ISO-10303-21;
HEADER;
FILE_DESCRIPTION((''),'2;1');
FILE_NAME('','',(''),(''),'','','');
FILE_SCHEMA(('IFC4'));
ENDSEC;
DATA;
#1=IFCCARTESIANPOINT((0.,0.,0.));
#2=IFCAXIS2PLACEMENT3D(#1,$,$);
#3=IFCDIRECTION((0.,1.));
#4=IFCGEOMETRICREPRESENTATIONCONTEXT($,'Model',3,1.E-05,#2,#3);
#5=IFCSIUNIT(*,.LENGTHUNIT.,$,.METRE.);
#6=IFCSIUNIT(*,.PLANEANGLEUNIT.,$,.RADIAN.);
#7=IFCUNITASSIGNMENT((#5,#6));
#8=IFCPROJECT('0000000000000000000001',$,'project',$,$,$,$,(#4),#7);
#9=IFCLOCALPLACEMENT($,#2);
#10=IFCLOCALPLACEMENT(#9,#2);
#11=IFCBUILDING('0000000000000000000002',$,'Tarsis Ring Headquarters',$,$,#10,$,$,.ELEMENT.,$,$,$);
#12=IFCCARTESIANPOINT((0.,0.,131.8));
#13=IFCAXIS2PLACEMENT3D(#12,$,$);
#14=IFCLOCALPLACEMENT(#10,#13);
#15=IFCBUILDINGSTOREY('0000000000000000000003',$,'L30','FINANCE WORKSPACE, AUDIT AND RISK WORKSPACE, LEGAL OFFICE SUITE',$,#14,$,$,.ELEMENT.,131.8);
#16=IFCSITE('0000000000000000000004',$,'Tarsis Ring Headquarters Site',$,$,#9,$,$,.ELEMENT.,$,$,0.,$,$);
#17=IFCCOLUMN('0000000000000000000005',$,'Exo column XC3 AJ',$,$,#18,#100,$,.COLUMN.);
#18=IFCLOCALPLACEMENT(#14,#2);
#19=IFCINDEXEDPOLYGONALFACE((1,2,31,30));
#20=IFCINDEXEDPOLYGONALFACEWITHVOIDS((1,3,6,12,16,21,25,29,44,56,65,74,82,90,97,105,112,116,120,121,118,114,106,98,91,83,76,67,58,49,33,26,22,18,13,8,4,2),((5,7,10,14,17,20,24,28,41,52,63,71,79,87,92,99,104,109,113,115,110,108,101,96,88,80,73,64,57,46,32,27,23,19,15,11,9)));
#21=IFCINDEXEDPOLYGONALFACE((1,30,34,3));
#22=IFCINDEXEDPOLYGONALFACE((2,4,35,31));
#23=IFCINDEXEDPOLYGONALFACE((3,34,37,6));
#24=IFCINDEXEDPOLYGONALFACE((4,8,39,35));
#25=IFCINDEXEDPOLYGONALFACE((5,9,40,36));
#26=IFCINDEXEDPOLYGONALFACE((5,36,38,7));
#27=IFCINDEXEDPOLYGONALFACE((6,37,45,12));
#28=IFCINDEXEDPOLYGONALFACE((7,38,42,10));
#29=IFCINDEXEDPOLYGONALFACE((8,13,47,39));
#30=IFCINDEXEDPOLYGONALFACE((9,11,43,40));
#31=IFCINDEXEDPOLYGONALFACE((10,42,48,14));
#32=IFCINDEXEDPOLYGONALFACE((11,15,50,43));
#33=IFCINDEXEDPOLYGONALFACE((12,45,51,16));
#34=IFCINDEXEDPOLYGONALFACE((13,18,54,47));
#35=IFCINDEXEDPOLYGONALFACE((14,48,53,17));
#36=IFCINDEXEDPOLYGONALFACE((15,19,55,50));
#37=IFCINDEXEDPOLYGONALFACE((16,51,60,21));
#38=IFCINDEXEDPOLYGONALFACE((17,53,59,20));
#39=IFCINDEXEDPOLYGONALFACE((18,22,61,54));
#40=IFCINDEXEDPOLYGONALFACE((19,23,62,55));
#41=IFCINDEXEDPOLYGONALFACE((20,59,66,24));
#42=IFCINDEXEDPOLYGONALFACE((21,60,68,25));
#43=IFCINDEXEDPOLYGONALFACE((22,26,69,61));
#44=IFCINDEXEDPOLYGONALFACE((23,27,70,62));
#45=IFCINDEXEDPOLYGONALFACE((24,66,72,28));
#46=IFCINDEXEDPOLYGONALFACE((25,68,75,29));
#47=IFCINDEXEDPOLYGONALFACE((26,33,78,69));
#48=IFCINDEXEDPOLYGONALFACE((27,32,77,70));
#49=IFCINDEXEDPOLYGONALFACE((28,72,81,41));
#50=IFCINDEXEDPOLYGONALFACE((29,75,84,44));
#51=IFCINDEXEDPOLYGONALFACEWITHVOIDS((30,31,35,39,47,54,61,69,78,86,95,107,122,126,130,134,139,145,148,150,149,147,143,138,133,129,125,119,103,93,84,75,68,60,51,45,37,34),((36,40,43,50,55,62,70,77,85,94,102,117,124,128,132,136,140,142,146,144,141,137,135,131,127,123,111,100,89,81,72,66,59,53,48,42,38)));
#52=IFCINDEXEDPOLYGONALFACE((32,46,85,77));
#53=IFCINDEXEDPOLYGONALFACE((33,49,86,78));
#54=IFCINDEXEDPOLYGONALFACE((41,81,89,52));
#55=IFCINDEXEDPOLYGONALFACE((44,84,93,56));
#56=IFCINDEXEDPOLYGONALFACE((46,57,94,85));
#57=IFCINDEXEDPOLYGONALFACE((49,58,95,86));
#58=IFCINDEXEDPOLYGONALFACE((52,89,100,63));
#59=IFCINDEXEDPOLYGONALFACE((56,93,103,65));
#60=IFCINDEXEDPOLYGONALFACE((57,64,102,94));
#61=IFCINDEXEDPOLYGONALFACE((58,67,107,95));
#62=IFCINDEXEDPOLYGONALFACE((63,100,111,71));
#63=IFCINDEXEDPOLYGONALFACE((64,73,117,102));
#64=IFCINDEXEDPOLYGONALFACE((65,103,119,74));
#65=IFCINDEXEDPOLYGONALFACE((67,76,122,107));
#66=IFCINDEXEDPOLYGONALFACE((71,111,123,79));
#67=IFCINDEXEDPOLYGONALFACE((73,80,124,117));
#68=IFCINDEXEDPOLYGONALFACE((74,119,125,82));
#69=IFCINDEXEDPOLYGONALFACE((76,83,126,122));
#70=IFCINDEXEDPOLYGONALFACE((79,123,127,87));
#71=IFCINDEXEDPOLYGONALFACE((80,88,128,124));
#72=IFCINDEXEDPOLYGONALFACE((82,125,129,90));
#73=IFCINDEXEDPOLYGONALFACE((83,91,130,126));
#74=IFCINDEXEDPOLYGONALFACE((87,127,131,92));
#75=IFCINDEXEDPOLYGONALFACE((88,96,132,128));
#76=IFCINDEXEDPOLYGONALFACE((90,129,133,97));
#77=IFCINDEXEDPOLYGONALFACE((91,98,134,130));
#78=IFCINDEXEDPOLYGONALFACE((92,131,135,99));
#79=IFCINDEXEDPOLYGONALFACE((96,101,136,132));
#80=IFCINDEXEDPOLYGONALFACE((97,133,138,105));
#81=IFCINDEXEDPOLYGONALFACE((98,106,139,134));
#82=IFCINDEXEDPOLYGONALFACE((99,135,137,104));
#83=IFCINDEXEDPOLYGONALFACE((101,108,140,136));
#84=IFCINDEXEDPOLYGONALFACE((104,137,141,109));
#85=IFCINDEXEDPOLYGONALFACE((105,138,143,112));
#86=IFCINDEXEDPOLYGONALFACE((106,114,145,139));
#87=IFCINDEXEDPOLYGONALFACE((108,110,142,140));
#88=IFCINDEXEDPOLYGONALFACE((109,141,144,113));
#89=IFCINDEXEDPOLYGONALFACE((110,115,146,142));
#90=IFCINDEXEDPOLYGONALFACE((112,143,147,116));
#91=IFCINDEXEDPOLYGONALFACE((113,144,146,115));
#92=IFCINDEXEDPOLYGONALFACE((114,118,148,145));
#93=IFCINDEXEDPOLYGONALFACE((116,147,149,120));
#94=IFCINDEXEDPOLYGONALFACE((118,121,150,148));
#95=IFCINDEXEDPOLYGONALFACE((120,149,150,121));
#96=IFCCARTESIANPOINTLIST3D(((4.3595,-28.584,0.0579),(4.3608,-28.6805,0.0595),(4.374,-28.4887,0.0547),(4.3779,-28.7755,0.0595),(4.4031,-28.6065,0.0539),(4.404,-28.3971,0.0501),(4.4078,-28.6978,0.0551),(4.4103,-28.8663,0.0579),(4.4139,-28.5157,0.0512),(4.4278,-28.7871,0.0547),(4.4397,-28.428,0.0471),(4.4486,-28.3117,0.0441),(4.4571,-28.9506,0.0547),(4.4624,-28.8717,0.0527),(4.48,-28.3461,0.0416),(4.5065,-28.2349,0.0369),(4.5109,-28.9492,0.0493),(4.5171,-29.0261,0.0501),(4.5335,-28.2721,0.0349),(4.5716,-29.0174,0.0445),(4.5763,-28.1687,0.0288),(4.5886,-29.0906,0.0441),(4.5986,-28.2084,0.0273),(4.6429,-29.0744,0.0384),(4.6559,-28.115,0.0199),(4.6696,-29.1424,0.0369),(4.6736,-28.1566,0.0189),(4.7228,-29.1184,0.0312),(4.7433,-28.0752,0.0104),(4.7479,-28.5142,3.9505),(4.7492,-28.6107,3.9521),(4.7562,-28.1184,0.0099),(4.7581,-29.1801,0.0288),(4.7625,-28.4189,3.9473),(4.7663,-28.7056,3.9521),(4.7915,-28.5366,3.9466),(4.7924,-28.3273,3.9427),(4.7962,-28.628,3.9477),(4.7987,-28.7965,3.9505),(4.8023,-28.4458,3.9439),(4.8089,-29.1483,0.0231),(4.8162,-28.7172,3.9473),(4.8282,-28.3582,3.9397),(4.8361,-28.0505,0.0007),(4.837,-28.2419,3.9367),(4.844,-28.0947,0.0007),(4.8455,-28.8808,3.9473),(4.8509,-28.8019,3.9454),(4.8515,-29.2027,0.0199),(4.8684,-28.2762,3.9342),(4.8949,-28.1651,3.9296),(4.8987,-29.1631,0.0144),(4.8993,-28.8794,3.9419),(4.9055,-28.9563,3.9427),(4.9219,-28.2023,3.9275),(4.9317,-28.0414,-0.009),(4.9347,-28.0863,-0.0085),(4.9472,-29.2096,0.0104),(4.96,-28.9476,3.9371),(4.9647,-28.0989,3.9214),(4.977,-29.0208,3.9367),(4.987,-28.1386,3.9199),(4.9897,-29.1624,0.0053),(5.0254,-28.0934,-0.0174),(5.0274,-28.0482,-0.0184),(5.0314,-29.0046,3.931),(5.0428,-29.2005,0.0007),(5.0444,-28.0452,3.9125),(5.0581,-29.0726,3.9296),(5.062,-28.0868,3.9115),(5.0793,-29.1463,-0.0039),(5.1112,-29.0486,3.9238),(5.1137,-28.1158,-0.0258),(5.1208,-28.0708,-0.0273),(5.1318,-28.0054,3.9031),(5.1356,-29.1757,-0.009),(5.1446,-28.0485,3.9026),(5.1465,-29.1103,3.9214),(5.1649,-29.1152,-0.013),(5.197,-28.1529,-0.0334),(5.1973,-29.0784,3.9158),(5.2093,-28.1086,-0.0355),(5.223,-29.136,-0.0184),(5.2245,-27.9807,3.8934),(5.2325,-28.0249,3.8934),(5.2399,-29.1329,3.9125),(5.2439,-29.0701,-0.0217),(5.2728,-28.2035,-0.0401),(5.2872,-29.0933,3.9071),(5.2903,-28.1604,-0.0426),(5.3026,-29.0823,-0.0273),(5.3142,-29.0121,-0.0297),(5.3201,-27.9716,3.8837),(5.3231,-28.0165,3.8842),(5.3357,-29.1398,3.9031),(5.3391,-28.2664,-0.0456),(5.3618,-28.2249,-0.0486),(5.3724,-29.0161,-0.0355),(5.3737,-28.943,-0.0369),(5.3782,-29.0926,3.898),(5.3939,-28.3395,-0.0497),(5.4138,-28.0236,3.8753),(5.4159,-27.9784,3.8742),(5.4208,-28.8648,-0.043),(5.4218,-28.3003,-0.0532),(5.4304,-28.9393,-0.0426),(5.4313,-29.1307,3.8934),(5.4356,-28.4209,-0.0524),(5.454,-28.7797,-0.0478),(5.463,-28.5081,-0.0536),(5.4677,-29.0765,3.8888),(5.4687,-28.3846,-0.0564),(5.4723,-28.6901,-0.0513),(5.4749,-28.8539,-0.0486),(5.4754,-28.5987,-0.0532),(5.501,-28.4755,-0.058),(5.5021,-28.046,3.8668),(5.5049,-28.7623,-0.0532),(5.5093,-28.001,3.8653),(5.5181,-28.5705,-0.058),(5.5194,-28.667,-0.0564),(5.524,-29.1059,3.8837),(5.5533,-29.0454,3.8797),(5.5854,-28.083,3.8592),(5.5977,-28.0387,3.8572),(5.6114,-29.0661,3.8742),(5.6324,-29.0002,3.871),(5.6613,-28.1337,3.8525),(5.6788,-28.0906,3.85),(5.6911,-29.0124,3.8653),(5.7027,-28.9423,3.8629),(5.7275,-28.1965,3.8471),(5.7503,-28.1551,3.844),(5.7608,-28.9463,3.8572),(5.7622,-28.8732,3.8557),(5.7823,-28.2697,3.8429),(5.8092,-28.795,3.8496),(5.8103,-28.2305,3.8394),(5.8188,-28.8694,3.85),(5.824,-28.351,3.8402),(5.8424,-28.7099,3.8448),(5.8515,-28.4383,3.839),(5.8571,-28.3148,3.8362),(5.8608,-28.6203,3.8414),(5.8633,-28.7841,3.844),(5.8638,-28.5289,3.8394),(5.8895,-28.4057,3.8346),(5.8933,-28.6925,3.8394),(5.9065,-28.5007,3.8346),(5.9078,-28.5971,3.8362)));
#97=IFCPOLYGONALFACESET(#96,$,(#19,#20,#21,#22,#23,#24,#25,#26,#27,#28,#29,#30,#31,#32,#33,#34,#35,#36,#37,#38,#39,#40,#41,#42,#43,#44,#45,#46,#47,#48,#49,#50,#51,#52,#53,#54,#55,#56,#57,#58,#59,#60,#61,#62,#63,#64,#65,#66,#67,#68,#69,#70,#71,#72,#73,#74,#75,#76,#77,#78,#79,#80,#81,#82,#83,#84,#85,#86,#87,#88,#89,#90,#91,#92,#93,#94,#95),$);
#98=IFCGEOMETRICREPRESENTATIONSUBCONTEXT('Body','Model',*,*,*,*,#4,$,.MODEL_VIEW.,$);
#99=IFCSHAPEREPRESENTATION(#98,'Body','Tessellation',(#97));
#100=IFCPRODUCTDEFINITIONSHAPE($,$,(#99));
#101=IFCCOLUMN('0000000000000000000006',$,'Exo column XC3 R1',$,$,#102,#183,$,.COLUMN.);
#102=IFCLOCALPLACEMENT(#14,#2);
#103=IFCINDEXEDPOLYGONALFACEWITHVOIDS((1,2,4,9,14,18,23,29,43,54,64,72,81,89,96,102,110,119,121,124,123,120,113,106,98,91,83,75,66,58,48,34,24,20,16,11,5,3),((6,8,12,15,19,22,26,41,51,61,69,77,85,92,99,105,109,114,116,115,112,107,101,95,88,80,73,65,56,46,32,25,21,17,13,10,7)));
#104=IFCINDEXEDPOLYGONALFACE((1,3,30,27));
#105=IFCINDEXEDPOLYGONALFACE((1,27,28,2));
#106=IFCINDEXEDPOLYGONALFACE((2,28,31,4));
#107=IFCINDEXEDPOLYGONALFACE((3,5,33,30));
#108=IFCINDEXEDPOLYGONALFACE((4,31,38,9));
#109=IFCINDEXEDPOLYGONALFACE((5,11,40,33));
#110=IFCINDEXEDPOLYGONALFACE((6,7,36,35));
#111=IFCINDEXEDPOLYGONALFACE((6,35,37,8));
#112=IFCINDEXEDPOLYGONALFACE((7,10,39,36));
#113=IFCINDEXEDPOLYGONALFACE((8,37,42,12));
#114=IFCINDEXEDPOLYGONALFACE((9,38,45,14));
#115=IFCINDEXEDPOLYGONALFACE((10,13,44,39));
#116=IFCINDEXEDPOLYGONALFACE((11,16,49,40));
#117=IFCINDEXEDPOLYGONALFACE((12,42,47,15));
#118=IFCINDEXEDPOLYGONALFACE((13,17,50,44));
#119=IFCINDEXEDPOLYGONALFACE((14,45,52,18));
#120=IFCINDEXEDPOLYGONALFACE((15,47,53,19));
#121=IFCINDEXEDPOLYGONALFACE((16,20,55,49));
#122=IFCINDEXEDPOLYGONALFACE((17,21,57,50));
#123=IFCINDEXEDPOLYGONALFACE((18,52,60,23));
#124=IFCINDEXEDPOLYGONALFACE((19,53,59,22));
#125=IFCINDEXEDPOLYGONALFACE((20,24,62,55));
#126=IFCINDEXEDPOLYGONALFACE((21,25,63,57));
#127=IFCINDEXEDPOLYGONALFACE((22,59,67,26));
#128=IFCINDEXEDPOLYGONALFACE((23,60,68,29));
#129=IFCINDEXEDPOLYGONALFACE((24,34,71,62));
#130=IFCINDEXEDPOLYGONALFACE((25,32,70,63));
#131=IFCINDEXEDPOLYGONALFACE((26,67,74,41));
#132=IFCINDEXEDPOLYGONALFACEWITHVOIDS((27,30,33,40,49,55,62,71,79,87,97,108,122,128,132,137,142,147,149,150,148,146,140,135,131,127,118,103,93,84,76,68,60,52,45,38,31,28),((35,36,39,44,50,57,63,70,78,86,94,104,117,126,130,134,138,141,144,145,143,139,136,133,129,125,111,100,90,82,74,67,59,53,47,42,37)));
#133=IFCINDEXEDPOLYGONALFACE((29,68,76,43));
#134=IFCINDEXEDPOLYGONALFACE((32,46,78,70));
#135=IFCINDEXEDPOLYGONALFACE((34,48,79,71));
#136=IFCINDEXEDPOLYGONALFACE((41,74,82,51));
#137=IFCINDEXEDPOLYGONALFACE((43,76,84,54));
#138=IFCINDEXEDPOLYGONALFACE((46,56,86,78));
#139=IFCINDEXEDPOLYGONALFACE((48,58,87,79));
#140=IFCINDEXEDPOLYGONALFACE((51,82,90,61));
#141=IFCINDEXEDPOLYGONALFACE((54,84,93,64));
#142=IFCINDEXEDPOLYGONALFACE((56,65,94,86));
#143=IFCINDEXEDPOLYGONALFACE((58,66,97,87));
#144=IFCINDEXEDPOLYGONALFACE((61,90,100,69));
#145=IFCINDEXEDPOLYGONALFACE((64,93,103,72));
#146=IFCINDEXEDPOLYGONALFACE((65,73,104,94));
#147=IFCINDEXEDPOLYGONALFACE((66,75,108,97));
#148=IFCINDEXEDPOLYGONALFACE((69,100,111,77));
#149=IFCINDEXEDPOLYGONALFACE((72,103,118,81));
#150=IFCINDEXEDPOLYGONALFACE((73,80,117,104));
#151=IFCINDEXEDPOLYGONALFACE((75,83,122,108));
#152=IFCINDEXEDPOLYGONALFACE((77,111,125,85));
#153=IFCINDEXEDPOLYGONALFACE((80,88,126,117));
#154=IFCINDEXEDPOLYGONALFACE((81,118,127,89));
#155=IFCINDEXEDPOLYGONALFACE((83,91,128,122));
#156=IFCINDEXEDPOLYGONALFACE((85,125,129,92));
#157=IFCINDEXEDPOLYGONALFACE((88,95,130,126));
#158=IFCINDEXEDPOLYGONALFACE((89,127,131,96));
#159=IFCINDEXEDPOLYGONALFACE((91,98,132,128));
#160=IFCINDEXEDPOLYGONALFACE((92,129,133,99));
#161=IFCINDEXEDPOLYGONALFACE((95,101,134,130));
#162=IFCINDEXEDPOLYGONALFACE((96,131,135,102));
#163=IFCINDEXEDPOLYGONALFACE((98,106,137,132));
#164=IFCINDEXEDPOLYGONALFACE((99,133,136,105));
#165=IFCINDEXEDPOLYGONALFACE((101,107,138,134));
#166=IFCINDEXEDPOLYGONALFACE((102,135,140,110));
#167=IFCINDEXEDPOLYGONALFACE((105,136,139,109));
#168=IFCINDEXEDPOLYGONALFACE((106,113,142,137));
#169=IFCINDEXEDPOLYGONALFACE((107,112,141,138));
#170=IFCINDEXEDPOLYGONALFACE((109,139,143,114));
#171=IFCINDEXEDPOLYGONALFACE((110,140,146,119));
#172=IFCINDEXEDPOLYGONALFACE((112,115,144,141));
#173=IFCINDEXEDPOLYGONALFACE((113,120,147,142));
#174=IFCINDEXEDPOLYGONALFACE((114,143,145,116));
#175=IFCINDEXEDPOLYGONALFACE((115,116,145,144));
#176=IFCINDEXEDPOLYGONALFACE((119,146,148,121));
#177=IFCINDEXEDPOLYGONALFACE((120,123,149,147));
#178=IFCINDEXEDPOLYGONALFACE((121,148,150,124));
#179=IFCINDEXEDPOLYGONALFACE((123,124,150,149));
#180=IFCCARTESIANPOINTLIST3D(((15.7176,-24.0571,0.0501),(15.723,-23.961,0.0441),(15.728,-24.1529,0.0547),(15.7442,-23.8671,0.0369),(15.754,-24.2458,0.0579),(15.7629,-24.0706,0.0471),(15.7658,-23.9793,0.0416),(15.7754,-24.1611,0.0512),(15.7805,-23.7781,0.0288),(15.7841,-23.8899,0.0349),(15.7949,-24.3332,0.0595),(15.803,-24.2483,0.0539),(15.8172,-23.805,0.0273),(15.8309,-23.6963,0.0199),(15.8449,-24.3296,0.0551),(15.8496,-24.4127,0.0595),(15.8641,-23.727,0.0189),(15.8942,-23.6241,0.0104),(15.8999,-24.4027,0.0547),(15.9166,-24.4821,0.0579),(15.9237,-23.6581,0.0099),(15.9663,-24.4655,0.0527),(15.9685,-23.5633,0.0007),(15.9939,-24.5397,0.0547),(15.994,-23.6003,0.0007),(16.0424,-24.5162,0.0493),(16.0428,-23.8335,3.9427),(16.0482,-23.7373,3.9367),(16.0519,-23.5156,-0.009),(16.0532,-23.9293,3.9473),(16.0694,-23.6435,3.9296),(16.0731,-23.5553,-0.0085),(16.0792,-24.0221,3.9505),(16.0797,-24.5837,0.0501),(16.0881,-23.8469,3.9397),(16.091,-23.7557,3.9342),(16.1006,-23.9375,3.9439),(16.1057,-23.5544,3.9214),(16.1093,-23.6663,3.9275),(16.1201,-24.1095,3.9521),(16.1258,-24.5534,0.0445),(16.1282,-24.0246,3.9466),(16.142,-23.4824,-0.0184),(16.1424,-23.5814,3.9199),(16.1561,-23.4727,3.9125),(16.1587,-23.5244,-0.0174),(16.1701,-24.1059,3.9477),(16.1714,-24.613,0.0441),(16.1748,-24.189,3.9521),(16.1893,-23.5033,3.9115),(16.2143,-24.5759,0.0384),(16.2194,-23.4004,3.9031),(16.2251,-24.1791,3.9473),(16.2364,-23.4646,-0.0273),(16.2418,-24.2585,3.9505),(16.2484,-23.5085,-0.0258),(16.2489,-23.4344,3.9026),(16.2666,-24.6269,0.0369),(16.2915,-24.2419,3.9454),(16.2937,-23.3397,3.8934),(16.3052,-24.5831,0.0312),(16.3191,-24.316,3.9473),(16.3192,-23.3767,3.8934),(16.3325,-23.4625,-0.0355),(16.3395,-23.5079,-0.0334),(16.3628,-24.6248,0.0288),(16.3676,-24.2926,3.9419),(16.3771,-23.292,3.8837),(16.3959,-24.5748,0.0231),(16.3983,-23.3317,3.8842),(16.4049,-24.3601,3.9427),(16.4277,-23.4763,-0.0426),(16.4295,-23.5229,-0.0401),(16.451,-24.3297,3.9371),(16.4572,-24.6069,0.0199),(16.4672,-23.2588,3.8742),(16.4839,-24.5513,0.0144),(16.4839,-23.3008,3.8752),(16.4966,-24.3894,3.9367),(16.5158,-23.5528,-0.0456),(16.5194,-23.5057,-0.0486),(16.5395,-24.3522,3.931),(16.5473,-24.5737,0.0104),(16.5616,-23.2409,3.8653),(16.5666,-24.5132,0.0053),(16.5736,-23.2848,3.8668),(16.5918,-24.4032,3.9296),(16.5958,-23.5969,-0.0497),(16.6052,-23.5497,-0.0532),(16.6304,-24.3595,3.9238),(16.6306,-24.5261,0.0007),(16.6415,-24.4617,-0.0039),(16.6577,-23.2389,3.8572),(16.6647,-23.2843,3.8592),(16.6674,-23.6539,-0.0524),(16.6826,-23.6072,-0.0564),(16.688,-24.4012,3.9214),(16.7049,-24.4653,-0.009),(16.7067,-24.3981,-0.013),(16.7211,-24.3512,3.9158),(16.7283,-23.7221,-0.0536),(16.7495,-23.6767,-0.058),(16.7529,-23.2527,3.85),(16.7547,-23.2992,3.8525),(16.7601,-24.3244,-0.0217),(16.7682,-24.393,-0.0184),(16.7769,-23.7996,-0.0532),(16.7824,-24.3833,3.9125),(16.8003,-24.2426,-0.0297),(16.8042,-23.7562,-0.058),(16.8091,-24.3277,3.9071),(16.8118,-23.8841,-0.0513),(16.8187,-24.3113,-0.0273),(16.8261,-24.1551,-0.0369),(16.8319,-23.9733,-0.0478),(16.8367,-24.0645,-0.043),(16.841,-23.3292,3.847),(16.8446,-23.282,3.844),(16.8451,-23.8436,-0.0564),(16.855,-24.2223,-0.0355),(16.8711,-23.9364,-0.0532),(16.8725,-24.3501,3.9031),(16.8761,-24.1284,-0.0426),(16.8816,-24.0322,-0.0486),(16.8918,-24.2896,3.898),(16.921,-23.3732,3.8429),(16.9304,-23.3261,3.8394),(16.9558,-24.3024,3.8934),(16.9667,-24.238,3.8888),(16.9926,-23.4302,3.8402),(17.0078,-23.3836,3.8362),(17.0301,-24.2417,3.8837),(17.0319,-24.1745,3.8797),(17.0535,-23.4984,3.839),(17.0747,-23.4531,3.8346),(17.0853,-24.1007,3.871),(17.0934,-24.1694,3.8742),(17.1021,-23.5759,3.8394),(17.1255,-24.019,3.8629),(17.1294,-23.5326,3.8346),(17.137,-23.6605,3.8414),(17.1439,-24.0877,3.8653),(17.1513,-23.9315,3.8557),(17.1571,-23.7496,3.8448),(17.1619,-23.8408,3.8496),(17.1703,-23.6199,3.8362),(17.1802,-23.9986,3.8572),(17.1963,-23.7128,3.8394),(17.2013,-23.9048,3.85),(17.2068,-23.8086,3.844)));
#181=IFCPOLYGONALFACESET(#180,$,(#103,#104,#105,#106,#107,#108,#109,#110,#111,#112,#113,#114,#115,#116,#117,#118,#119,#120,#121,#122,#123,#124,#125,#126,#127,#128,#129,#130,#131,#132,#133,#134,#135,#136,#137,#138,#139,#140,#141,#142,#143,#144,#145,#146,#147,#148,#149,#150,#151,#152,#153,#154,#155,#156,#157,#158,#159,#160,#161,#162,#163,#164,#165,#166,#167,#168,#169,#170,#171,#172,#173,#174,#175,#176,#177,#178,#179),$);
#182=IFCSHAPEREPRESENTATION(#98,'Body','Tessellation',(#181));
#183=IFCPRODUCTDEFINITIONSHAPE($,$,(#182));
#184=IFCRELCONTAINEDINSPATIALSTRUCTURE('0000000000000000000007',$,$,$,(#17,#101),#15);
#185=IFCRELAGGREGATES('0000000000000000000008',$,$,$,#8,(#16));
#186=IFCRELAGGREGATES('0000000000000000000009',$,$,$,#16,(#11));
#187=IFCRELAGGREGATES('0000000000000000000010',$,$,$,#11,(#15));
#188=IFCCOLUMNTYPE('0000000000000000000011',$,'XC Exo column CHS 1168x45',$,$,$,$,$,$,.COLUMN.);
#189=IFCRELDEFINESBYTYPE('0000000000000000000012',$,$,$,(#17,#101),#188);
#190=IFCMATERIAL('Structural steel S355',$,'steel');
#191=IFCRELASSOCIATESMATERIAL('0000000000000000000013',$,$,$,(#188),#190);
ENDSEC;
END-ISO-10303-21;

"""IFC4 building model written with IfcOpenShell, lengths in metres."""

from ifc_helpers import new_model, si_unit, direction, frame, origin, origin_2d, place, context, subcontext, project, spatial, hollow_circle, extrude, material, material_profile, profile_set, type_object, element, save


model = new_model("IFC4")

# Units and contexts
model_context = context("Model", 3, precision=1e-05, world=origin(), true_north=direction((0.0, 1.0)))
body_context = subcontext(model_context, "Body", "Model", "MODEL_VIEW")
ifc_project = project(units=[si_unit("LENGTHUNIT", "METRE"), si_unit("PLANEANGLEUNIT", "RADIAN")], contexts=[model_context])

# Site, building, storey
site_placement = place(None, origin())
site = spatial("IfcSite", under=ifc_project, at=site_placement, Name="Tarsis Ring Headquarters Site", CompositionType="ELEMENT", RefElevation=0.0)
building_placement = place(site_placement, origin())
building = spatial("IfcBuilding", under=site, at=building_placement, Name="Tarsis Ring Headquarters", CompositionType="ELEMENT")
storey_placement = place(building_placement, frame((0.0, 0.0, 131.8)))
storey = spatial("IfcBuildingStorey", under=building, at=storey_placement, Name="L30", Description="FINANCE WORKSPACE, AUDIT AND RISK WORKSPACE, LEGAL OFFICE SUITE", CompositionType="ELEMENT", Elevation=131.8)

# Columns
ifc_material_1 = material(Name="Structural steel S355", Category="steel")
ifc_material_profile_1 = material_profile(ifc_material_1, hollow_circle(Radius=0.5842, WallThickness=0.0449, at=origin_2d()), Name="CHS 1168x45")
ifc_profile_set_1 = profile_set([ifc_material_profile_1], Name="Structural steel S355")
column_type = type_object("IfcColumnType", Name="XC Exo column CHS 1168x45", PredefinedType="COLUMN", material=ifc_profile_set_1)
for number, where, z_axis, x_axis, name in (
    (1, (4.9395, -28.6255, 0.0007), (0.099278, 0.017846, 0.9949), (-0.176925, 0.984224, 0.0), "Exo column XC3 AJ"),
    (2, (16.2996, -24.0447, 0.0007), (0.083116, 0.057158, 0.994899), (-0.566634, 0.82397, 0.0), "Exo column XC3 R1"),
):
    element("IfcColumn", number, at=place(storey_placement, frame(where, z_axis=z_axis, x_axis=x_axis)), inside=storey, type_object=column_type, Name=name, PredefinedType="COLUMN", context=body_context, shape_type="SweptSolid", body=[
        extrude(hollow_circle(Radius=0.5842, WallThickness=0.0449, at=origin_2d()), origin(), (0.0, 0.0, 1.0), 3.9126),
    ])

save(model, "model.ifc")
